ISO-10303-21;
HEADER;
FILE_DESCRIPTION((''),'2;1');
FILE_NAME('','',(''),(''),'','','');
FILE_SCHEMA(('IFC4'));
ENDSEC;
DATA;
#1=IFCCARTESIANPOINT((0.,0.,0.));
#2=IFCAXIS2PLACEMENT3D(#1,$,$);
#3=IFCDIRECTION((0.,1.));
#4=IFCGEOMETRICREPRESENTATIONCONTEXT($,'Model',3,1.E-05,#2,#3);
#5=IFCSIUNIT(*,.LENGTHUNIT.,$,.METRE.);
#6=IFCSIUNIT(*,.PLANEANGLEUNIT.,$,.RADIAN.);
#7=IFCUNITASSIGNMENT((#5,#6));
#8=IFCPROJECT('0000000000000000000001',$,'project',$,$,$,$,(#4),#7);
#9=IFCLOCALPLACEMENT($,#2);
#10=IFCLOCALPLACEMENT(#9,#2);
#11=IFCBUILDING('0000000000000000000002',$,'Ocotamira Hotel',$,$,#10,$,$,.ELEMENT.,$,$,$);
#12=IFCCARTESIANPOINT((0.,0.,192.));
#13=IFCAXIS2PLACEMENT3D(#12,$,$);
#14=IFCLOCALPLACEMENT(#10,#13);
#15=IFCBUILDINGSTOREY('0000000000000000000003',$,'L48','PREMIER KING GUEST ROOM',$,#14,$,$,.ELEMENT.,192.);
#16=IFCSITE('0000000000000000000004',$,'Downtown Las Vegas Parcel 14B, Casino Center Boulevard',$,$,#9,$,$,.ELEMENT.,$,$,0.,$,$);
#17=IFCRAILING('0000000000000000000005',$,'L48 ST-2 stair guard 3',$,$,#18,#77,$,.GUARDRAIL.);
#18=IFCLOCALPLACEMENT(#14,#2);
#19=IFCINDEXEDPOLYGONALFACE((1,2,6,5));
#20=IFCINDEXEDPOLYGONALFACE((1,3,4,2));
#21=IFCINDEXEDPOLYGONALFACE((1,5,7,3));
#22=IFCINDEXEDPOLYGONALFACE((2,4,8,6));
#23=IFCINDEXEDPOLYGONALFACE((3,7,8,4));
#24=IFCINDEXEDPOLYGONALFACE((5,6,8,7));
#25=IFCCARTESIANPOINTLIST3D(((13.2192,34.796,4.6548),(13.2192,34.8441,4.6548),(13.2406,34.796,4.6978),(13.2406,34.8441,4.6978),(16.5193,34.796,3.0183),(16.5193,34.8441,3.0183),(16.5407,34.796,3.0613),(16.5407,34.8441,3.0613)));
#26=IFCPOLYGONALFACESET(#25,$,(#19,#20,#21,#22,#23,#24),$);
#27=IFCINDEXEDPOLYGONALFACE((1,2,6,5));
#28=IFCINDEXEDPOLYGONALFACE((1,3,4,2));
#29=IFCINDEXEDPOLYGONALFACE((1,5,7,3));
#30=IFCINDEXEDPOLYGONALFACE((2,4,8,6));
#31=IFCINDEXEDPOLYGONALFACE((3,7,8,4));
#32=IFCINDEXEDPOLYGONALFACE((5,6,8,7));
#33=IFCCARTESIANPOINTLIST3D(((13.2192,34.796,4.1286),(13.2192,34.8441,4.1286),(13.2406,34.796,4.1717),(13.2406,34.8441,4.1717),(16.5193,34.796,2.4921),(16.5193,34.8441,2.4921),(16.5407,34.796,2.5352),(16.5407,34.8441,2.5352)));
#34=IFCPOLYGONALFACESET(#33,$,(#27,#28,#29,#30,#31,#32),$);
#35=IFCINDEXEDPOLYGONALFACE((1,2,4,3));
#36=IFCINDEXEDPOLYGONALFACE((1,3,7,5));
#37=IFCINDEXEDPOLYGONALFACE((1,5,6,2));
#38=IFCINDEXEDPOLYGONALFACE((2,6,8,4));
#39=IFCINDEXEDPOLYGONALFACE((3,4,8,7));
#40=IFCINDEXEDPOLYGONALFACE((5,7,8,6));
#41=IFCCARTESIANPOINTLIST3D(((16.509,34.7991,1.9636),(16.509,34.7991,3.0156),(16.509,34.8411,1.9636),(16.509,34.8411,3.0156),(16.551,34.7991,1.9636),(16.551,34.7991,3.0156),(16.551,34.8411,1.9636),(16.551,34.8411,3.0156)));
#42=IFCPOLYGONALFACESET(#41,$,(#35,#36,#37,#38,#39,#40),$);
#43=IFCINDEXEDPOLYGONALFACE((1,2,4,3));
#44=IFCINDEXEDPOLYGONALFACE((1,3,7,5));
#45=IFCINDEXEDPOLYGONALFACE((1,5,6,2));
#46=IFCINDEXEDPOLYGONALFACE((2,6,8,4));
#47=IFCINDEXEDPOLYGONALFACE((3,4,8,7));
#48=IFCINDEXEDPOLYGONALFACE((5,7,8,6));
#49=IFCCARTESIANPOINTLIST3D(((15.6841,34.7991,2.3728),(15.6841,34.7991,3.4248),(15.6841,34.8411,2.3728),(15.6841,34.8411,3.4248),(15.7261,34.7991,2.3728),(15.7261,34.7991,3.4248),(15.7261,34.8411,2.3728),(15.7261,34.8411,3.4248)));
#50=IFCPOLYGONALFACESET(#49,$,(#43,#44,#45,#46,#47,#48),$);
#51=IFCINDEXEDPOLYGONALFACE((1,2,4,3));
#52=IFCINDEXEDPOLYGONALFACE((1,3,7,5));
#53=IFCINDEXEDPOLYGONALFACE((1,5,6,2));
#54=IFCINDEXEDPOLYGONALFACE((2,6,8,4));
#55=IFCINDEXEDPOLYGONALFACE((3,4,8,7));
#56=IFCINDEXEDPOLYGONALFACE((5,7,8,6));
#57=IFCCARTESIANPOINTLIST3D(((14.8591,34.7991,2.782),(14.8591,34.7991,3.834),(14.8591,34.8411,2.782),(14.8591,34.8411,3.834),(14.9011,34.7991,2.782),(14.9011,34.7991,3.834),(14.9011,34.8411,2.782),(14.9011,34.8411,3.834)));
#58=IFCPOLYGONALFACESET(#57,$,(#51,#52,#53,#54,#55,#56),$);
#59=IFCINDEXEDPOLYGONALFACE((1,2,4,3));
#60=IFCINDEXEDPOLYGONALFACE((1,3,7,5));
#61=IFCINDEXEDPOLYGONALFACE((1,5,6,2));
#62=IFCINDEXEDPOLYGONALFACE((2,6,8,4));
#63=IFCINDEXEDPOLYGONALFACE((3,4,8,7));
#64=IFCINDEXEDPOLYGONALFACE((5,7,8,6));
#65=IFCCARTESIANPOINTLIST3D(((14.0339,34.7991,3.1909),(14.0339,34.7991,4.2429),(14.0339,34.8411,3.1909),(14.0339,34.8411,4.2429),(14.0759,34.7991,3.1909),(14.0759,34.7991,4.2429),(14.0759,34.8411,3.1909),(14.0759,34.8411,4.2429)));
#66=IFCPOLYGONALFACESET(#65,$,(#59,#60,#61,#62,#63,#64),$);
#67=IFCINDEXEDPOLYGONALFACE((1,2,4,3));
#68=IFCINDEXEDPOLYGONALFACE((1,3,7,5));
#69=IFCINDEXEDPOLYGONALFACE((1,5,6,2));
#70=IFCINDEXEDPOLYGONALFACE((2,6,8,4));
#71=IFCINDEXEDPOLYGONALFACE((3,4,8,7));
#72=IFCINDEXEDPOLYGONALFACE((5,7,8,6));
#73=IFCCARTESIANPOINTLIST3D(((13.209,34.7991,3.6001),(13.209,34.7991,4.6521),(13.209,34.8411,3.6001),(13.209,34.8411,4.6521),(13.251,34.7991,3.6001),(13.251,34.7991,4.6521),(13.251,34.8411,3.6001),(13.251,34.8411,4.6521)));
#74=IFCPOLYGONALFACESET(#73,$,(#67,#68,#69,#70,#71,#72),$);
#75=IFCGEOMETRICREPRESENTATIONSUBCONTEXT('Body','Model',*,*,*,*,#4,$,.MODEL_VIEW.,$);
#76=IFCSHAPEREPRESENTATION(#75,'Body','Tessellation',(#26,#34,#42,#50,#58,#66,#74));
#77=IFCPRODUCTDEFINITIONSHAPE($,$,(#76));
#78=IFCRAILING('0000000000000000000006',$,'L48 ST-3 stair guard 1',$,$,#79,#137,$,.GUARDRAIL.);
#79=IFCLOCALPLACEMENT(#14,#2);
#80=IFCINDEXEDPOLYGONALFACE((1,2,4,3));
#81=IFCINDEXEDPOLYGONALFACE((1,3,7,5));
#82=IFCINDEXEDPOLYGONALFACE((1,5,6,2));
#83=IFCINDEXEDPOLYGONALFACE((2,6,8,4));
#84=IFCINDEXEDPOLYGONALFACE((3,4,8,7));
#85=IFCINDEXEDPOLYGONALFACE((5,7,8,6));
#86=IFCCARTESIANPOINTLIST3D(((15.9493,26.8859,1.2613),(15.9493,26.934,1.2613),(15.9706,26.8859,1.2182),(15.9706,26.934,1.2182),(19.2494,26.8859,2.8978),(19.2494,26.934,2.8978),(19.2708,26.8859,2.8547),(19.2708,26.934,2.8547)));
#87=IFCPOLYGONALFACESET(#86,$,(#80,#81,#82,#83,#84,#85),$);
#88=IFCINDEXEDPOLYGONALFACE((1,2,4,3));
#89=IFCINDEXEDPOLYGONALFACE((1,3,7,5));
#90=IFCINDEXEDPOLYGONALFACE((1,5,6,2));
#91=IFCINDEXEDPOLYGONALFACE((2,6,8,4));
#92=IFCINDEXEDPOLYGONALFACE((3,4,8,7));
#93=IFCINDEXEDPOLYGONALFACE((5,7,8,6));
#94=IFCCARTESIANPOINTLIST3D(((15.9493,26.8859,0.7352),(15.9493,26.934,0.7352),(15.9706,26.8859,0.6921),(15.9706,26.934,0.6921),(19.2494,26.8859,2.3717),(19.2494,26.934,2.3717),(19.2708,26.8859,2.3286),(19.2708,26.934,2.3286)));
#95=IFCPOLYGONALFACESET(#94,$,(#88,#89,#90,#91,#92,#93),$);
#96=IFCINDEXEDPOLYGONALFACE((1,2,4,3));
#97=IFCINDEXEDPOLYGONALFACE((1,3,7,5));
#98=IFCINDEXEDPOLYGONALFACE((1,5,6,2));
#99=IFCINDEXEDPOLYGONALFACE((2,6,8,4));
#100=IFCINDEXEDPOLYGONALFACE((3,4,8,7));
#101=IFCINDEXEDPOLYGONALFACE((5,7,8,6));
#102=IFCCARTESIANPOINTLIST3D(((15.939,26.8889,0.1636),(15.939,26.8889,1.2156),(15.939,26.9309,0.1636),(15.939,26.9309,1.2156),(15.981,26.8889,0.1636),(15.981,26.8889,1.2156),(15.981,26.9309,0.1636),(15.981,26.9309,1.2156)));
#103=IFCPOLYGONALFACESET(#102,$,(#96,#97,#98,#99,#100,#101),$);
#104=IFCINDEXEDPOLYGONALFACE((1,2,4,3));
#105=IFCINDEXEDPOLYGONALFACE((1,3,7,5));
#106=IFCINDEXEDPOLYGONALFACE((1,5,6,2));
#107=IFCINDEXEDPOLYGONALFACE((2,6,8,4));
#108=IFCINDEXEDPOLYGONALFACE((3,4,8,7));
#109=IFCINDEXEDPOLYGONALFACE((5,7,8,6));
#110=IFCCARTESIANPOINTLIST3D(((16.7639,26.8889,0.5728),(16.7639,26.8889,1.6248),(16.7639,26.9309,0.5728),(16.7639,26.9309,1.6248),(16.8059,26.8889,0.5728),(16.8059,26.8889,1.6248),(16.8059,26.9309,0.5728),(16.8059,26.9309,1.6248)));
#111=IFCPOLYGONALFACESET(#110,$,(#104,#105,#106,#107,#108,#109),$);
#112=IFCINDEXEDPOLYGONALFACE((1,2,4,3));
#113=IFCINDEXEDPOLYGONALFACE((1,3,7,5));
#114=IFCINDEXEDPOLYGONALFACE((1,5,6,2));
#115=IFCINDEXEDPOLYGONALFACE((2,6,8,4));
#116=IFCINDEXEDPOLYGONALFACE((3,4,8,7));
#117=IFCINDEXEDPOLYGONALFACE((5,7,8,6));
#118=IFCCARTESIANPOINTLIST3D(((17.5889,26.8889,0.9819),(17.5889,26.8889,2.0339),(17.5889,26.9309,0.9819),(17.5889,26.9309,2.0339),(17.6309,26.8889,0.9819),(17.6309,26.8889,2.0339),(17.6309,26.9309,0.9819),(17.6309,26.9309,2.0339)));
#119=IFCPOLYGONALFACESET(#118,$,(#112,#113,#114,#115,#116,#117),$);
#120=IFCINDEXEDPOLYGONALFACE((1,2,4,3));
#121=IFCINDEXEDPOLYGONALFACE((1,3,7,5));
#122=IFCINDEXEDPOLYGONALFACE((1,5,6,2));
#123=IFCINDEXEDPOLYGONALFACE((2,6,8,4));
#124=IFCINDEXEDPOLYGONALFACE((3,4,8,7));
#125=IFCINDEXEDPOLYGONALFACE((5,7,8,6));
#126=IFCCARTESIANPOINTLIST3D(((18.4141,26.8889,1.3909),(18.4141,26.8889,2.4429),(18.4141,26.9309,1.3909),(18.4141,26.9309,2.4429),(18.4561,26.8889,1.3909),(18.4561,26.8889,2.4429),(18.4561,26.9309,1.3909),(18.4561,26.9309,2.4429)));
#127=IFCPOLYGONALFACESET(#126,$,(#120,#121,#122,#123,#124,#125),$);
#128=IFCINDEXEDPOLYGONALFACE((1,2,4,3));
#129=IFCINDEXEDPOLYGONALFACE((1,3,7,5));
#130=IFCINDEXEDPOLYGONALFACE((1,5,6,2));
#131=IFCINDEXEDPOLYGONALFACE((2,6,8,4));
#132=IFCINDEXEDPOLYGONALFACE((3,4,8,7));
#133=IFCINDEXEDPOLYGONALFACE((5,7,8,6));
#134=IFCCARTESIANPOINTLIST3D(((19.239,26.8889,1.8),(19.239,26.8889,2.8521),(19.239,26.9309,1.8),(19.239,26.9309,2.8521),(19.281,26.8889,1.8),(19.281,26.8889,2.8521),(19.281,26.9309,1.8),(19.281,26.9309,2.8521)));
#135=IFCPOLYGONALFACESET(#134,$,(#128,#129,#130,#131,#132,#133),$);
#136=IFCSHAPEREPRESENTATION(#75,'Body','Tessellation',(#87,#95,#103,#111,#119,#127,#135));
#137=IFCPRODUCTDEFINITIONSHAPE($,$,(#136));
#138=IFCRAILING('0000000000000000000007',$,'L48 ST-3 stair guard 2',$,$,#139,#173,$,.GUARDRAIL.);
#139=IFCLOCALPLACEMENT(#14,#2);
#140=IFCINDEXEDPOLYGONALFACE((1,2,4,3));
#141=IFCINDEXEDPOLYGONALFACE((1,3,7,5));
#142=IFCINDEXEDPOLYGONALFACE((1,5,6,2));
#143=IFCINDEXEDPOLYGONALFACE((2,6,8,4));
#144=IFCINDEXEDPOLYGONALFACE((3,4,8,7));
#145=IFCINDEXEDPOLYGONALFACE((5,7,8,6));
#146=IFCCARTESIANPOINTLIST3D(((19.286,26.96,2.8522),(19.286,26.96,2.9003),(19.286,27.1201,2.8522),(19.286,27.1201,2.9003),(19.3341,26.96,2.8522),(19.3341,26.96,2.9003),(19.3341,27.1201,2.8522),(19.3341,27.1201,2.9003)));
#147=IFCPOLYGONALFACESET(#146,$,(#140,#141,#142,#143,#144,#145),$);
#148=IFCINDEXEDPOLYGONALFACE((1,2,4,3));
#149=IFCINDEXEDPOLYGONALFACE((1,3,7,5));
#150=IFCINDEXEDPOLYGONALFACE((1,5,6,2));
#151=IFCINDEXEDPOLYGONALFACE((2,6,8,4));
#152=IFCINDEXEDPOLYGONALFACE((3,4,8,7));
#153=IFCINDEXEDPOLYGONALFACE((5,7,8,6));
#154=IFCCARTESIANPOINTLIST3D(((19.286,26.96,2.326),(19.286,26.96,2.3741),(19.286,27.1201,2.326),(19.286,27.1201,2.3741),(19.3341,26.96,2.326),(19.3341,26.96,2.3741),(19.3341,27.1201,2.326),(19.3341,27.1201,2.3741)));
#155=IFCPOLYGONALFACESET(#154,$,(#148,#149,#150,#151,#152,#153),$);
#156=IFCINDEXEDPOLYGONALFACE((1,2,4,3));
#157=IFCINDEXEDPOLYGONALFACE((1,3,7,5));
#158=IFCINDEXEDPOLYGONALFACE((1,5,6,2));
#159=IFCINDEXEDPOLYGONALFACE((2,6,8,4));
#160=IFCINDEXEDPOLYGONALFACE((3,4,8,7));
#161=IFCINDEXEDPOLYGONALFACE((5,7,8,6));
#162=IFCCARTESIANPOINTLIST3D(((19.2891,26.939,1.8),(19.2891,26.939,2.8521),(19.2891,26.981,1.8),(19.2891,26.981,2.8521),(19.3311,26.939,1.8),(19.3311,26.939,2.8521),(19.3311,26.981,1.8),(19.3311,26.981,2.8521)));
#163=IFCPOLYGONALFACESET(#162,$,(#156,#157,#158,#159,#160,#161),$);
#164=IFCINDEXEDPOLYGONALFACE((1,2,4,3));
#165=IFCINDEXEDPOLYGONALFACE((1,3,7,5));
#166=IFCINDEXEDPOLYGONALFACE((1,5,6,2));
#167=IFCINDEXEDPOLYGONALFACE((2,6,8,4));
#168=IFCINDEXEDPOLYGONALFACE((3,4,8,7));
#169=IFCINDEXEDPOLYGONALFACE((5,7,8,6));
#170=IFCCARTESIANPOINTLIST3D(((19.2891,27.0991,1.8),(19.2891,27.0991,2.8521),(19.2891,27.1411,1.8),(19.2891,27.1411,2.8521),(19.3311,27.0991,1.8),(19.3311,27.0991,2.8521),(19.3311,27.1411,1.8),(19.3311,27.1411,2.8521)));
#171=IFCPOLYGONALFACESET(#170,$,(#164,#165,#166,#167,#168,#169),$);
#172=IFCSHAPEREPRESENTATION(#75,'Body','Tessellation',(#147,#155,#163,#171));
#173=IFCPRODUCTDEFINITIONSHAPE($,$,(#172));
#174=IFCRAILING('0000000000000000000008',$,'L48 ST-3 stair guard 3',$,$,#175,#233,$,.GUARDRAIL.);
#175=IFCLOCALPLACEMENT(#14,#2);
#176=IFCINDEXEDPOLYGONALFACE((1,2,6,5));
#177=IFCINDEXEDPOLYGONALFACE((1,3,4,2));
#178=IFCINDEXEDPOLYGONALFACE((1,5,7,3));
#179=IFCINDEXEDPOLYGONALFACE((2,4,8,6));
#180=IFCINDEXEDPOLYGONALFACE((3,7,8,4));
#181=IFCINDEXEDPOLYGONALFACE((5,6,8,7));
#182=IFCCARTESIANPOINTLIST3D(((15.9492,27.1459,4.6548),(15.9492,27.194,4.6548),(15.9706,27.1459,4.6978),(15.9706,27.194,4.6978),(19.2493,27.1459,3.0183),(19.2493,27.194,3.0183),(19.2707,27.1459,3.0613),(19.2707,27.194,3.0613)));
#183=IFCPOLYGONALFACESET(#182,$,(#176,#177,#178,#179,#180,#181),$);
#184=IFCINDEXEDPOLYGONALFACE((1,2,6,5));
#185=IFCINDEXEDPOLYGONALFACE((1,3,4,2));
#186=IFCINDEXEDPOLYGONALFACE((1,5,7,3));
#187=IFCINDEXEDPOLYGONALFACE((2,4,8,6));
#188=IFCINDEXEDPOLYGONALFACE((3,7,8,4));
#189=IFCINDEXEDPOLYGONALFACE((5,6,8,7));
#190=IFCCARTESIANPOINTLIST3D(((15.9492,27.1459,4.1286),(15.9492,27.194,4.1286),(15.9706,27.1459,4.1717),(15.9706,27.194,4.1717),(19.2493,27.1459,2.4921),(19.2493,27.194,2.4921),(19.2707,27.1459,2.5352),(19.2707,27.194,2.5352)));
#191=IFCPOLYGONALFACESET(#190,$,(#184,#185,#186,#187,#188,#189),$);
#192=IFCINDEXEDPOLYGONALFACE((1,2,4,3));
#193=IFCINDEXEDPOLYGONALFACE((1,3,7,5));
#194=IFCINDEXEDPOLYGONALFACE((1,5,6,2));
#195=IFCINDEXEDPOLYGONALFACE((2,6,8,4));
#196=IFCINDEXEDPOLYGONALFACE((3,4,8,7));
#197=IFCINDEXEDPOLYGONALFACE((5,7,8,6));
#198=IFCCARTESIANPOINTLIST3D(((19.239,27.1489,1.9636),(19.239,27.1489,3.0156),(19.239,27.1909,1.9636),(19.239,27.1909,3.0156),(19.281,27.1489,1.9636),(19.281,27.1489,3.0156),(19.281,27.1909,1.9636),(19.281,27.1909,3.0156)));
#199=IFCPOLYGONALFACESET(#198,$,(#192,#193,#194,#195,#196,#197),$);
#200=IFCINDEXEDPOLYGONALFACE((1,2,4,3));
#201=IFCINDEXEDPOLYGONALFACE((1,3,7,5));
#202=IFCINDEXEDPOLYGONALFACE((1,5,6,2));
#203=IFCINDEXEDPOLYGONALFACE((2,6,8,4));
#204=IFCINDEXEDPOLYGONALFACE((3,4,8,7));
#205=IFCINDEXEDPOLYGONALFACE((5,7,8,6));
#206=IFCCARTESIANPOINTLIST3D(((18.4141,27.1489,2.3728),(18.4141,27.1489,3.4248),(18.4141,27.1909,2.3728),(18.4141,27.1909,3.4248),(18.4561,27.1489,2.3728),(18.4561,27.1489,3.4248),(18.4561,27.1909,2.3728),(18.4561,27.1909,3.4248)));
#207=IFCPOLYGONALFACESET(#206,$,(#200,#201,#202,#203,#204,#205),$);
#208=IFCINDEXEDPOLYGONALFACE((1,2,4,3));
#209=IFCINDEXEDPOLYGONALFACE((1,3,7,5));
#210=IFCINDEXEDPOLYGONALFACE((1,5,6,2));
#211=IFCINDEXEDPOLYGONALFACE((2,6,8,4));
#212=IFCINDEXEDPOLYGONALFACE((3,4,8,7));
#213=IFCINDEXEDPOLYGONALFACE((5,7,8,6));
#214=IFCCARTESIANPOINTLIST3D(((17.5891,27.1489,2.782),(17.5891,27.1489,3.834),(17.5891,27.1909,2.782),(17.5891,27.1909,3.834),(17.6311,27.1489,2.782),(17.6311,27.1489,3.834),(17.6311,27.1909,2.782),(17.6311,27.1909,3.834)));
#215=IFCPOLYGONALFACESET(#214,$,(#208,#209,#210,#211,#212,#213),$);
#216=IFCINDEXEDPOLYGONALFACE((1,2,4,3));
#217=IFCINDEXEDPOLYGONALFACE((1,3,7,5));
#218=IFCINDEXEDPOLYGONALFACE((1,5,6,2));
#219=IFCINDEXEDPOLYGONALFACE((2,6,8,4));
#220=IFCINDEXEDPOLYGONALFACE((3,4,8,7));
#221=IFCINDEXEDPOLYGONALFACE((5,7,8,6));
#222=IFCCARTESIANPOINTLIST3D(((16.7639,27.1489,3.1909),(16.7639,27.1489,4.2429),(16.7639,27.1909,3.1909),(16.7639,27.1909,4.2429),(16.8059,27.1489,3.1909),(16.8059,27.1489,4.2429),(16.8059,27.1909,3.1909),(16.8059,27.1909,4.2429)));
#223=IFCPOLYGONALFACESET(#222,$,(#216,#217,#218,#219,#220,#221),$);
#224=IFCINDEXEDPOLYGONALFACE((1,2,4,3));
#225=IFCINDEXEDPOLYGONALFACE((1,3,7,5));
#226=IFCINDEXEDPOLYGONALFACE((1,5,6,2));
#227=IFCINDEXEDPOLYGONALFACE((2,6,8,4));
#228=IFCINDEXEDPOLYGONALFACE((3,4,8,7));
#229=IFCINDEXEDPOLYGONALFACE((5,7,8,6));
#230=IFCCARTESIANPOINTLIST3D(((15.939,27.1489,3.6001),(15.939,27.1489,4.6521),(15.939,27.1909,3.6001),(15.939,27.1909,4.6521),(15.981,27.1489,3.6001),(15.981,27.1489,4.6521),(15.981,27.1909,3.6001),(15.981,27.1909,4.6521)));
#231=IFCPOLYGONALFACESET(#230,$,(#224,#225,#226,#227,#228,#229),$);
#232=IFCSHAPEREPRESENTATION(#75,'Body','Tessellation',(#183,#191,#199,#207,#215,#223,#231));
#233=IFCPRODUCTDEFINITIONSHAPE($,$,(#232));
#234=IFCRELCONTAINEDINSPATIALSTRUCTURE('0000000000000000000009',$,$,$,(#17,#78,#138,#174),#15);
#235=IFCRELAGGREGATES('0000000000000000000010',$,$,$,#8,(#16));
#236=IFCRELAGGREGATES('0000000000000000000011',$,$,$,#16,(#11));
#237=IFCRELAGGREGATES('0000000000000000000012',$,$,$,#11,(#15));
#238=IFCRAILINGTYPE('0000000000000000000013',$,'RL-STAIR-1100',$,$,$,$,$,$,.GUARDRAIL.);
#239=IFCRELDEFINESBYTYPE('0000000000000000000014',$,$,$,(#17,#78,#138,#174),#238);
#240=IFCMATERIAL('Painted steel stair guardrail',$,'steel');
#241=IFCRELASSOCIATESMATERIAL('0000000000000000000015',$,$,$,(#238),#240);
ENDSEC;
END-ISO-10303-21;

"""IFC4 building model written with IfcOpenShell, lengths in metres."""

from ifc_helpers import new_model, si_unit, direction, frame, origin, origin_2d, place, context, subcontext, project, spatial, rectangle, extrude, material, type_object, element, save


model = new_model("IFC4")

# Units and contexts
model_context = context("Model", 3, precision=1e-05, world=origin(), true_north=direction((0.0, 1.0)))
body_context = subcontext(model_context, "Body", "Model", "MODEL_VIEW")
ifc_project = project(units=[si_unit("LENGTHUNIT", "METRE"), si_unit("PLANEANGLEUNIT", "RADIAN")], contexts=[model_context])

# Site, building, storey
site_placement = place(None, origin())
site = spatial("IfcSite", under=ifc_project, at=site_placement, Name="Downtown Las Vegas Parcel 14B, Casino Center Boulevard", CompositionType="ELEMENT", RefElevation=0.0)
building_placement = place(site_placement, origin())
building = spatial("IfcBuilding", under=site, at=building_placement, Name="Ocotamira Hotel", CompositionType="ELEMENT")
storey_placement = place(building_placement, frame((0.0, 0.0, 192.0)))
storey = spatial("IfcBuildingStorey", under=building, at=storey_placement, Name="L48", Description="PREMIER KING GUEST ROOM", CompositionType="ELEMENT", Elevation=192.0)

# Railings
ifc_material_1 = material(Name="Painted steel stair guardrail", Category="steel")
railing_type_1 = type_object("IfcRailingType", Name="RL-STAIR-1100", PredefinedType="GUARDRAIL", material=ifc_material_1)
railing_1_placement = place(storey_placement, frame((16.53, 34.8201, 1.9636)))
element("IfcRailing", 1, at=railing_1_placement, inside=storey, type_object=railing_type_1, Name="L48 ST-2 stair guard 3", PredefinedType="GUARDRAIL", context=body_context, shape_type="SweptSolid", body=[
    extrude(rectangle(XDim=0.0481, YDim=0.0481, at=origin_2d()), frame((0.0, 0.0, 1.0762), z_axis=(-0.895894, 0.0, 0.444268), x_axis=(0.0, -1.0, 0.0)), (0.0, 0.0, 1.0), 3.6836),
    extrude(rectangle(XDim=0.0481, YDim=0.0481, at=origin_2d()), frame((0.0, 0.0, 0.55), z_axis=(-0.895894, 0.0, 0.444268), x_axis=(0.0, -1.0, 0.0)), (0.0, 0.0, 1.0), 3.6836),
    extrude(rectangle(XDim=0.042, YDim=0.042, at=origin_2d()), origin(), (0.0, 0.0, 1.0), 1.052),
    extrude(rectangle(XDim=0.042, YDim=0.042, at=origin_2d()), frame((-0.825, 0.0, 0.4092)), (0.0, 0.0, 1.0), 1.052),
    extrude(rectangle(XDim=0.042, YDim=0.042, at=origin_2d()), frame((-1.6499, 0.0, 0.8184)), (0.0, 0.0, 1.0), 1.052),
    extrude(rectangle(XDim=0.042, YDim=0.042, at=origin_2d()), frame((-2.4751, 0.0, 1.2273)), (0.0, 0.0, 1.0), 1.052),
    extrude(rectangle(XDim=0.042, YDim=0.042, at=origin_2d()), frame((-3.3, 0.0, 1.6365)), (0.0, 0.0, 1.0), 1.052),
])
railing_2_placement = place(storey_placement, frame((15.96, 26.9099, 0.1636)))
element("IfcRailing", 2, at=railing_2_placement, inside=storey, type_object=railing_type_1, Name="L48 ST-3 stair guard 1", PredefinedType="GUARDRAIL", context=body_context, shape_type="SweptSolid", body=[
    extrude(rectangle(XDim=0.0481, YDim=0.0481, at=origin_2d()), frame((0.0, 0.0, 1.0762), z_axis=(0.895894, 0.0, 0.444268), x_axis=(0.0, 1.0, 0.0)), (0.0, 0.0, 1.0), 3.6836),
    extrude(rectangle(XDim=0.0481, YDim=0.0481, at=origin_2d()), frame((0.0, 0.0, 0.55), z_axis=(0.895894, 0.0, 0.444268), x_axis=(0.0, 1.0, 0.0)), (0.0, 0.0, 1.0), 3.6836),
    extrude(rectangle(XDim=0.042, YDim=0.042, at=origin_2d()), origin(), (0.0, 0.0, 1.0), 1.052),
    extrude(rectangle(XDim=0.042, YDim=0.042, at=origin_2d()), frame((0.825, 0.0, 0.4092)), (0.0, 0.0, 1.0), 1.052),
    extrude(rectangle(XDim=0.042, YDim=0.042, at=origin_2d()), frame((1.6499, 0.0, 0.8184)), (0.0, 0.0, 1.0), 1.052),
    extrude(rectangle(XDim=0.042, YDim=0.042, at=origin_2d()), frame((2.4751, 0.0, 1.2273)), (0.0, 0.0, 1.0), 1.052),
    extrude(rectangle(XDim=0.042, YDim=0.042, at=origin_2d()), frame((3.3, 0.0, 1.6365)), (0.0, 0.0, 1.0), 1.052),
])
railing_3_placement = place(storey_placement, frame((19.3101, 26.96, 1.8)))
element("IfcRailing", 3, at=railing_3_placement, inside=storey, type_object=railing_type_1, Name="L48 ST-3 stair guard 2", PredefinedType="GUARDRAIL", context=body_context, shape_type="SweptSolid", body=[
    extrude(rectangle(XDim=0.0481, YDim=0.0481, at=origin_2d()), frame((0.0, 0.0, 1.0762), z_axis=(0.0, 1.0, 0.0), x_axis=(-1.0, 0.0, 0.0)), (0.0, 0.0, 1.0), 0.1602),
    extrude(rectangle(XDim=0.0481, YDim=0.0481, at=origin_2d()), frame((0.0, 0.0, 0.55), z_axis=(0.0, 1.0, 0.0), x_axis=(-1.0, 0.0, 0.0)), (0.0, 0.0, 1.0), 0.1602),
    extrude(rectangle(XDim=0.042, YDim=0.042, at=origin_2d()), origin(), (0.0, 0.0, 1.0), 1.052),
    extrude(rectangle(XDim=0.042, YDim=0.042, at=origin_2d()), frame((0.0, 0.1602, 0.0)), (0.0, 0.0, 1.0), 1.052),
])
railing_4_placement = place(storey_placement, frame((19.26, 27.1699, 1.9636)))
element("IfcRailing", 4, at=railing_4_placement, inside=storey, type_object=railing_type_1, Name="L48 ST-3 stair guard 3", PredefinedType="GUARDRAIL", context=body_context, shape_type="SweptSolid", body=[
    extrude(rectangle(XDim=0.0481, YDim=0.0481, at=origin_2d()), frame((0.0, 0.0, 1.0762), z_axis=(-0.895894, 0.0, 0.444268), x_axis=(0.0, -1.0, 0.0)), (0.0, 0.0, 1.0), 3.6836),
    extrude(rectangle(XDim=0.0481, YDim=0.0481, at=origin_2d()), frame((0.0, 0.0, 0.55), z_axis=(-0.895894, 0.0, 0.444268), x_axis=(0.0, -1.0, 0.0)), (0.0, 0.0, 1.0), 3.6836),
    extrude(rectangle(XDim=0.042, YDim=0.042, at=origin_2d()), origin(), (0.0, 0.0, 1.0), 1.052),
    extrude(rectangle(XDim=0.042, YDim=0.042, at=origin_2d()), frame((-0.825, 0.0, 0.4092)), (0.0, 0.0, 1.0), 1.052),
    extrude(rectangle(XDim=0.042, YDim=0.042, at=origin_2d()), frame((-1.6499, 0.0, 0.8184)), (0.0, 0.0, 1.0), 1.052),
    extrude(rectangle(XDim=0.042, YDim=0.042, at=origin_2d()), frame((-2.4751, 0.0, 1.2273)), (0.0, 0.0, 1.0), 1.052),
    extrude(rectangle(XDim=0.042, YDim=0.042, at=origin_2d()), frame((-3.3, 0.0, 1.6365)), (0.0, 0.0, 1.0), 1.052),
])

save(model, "model.ifc")
